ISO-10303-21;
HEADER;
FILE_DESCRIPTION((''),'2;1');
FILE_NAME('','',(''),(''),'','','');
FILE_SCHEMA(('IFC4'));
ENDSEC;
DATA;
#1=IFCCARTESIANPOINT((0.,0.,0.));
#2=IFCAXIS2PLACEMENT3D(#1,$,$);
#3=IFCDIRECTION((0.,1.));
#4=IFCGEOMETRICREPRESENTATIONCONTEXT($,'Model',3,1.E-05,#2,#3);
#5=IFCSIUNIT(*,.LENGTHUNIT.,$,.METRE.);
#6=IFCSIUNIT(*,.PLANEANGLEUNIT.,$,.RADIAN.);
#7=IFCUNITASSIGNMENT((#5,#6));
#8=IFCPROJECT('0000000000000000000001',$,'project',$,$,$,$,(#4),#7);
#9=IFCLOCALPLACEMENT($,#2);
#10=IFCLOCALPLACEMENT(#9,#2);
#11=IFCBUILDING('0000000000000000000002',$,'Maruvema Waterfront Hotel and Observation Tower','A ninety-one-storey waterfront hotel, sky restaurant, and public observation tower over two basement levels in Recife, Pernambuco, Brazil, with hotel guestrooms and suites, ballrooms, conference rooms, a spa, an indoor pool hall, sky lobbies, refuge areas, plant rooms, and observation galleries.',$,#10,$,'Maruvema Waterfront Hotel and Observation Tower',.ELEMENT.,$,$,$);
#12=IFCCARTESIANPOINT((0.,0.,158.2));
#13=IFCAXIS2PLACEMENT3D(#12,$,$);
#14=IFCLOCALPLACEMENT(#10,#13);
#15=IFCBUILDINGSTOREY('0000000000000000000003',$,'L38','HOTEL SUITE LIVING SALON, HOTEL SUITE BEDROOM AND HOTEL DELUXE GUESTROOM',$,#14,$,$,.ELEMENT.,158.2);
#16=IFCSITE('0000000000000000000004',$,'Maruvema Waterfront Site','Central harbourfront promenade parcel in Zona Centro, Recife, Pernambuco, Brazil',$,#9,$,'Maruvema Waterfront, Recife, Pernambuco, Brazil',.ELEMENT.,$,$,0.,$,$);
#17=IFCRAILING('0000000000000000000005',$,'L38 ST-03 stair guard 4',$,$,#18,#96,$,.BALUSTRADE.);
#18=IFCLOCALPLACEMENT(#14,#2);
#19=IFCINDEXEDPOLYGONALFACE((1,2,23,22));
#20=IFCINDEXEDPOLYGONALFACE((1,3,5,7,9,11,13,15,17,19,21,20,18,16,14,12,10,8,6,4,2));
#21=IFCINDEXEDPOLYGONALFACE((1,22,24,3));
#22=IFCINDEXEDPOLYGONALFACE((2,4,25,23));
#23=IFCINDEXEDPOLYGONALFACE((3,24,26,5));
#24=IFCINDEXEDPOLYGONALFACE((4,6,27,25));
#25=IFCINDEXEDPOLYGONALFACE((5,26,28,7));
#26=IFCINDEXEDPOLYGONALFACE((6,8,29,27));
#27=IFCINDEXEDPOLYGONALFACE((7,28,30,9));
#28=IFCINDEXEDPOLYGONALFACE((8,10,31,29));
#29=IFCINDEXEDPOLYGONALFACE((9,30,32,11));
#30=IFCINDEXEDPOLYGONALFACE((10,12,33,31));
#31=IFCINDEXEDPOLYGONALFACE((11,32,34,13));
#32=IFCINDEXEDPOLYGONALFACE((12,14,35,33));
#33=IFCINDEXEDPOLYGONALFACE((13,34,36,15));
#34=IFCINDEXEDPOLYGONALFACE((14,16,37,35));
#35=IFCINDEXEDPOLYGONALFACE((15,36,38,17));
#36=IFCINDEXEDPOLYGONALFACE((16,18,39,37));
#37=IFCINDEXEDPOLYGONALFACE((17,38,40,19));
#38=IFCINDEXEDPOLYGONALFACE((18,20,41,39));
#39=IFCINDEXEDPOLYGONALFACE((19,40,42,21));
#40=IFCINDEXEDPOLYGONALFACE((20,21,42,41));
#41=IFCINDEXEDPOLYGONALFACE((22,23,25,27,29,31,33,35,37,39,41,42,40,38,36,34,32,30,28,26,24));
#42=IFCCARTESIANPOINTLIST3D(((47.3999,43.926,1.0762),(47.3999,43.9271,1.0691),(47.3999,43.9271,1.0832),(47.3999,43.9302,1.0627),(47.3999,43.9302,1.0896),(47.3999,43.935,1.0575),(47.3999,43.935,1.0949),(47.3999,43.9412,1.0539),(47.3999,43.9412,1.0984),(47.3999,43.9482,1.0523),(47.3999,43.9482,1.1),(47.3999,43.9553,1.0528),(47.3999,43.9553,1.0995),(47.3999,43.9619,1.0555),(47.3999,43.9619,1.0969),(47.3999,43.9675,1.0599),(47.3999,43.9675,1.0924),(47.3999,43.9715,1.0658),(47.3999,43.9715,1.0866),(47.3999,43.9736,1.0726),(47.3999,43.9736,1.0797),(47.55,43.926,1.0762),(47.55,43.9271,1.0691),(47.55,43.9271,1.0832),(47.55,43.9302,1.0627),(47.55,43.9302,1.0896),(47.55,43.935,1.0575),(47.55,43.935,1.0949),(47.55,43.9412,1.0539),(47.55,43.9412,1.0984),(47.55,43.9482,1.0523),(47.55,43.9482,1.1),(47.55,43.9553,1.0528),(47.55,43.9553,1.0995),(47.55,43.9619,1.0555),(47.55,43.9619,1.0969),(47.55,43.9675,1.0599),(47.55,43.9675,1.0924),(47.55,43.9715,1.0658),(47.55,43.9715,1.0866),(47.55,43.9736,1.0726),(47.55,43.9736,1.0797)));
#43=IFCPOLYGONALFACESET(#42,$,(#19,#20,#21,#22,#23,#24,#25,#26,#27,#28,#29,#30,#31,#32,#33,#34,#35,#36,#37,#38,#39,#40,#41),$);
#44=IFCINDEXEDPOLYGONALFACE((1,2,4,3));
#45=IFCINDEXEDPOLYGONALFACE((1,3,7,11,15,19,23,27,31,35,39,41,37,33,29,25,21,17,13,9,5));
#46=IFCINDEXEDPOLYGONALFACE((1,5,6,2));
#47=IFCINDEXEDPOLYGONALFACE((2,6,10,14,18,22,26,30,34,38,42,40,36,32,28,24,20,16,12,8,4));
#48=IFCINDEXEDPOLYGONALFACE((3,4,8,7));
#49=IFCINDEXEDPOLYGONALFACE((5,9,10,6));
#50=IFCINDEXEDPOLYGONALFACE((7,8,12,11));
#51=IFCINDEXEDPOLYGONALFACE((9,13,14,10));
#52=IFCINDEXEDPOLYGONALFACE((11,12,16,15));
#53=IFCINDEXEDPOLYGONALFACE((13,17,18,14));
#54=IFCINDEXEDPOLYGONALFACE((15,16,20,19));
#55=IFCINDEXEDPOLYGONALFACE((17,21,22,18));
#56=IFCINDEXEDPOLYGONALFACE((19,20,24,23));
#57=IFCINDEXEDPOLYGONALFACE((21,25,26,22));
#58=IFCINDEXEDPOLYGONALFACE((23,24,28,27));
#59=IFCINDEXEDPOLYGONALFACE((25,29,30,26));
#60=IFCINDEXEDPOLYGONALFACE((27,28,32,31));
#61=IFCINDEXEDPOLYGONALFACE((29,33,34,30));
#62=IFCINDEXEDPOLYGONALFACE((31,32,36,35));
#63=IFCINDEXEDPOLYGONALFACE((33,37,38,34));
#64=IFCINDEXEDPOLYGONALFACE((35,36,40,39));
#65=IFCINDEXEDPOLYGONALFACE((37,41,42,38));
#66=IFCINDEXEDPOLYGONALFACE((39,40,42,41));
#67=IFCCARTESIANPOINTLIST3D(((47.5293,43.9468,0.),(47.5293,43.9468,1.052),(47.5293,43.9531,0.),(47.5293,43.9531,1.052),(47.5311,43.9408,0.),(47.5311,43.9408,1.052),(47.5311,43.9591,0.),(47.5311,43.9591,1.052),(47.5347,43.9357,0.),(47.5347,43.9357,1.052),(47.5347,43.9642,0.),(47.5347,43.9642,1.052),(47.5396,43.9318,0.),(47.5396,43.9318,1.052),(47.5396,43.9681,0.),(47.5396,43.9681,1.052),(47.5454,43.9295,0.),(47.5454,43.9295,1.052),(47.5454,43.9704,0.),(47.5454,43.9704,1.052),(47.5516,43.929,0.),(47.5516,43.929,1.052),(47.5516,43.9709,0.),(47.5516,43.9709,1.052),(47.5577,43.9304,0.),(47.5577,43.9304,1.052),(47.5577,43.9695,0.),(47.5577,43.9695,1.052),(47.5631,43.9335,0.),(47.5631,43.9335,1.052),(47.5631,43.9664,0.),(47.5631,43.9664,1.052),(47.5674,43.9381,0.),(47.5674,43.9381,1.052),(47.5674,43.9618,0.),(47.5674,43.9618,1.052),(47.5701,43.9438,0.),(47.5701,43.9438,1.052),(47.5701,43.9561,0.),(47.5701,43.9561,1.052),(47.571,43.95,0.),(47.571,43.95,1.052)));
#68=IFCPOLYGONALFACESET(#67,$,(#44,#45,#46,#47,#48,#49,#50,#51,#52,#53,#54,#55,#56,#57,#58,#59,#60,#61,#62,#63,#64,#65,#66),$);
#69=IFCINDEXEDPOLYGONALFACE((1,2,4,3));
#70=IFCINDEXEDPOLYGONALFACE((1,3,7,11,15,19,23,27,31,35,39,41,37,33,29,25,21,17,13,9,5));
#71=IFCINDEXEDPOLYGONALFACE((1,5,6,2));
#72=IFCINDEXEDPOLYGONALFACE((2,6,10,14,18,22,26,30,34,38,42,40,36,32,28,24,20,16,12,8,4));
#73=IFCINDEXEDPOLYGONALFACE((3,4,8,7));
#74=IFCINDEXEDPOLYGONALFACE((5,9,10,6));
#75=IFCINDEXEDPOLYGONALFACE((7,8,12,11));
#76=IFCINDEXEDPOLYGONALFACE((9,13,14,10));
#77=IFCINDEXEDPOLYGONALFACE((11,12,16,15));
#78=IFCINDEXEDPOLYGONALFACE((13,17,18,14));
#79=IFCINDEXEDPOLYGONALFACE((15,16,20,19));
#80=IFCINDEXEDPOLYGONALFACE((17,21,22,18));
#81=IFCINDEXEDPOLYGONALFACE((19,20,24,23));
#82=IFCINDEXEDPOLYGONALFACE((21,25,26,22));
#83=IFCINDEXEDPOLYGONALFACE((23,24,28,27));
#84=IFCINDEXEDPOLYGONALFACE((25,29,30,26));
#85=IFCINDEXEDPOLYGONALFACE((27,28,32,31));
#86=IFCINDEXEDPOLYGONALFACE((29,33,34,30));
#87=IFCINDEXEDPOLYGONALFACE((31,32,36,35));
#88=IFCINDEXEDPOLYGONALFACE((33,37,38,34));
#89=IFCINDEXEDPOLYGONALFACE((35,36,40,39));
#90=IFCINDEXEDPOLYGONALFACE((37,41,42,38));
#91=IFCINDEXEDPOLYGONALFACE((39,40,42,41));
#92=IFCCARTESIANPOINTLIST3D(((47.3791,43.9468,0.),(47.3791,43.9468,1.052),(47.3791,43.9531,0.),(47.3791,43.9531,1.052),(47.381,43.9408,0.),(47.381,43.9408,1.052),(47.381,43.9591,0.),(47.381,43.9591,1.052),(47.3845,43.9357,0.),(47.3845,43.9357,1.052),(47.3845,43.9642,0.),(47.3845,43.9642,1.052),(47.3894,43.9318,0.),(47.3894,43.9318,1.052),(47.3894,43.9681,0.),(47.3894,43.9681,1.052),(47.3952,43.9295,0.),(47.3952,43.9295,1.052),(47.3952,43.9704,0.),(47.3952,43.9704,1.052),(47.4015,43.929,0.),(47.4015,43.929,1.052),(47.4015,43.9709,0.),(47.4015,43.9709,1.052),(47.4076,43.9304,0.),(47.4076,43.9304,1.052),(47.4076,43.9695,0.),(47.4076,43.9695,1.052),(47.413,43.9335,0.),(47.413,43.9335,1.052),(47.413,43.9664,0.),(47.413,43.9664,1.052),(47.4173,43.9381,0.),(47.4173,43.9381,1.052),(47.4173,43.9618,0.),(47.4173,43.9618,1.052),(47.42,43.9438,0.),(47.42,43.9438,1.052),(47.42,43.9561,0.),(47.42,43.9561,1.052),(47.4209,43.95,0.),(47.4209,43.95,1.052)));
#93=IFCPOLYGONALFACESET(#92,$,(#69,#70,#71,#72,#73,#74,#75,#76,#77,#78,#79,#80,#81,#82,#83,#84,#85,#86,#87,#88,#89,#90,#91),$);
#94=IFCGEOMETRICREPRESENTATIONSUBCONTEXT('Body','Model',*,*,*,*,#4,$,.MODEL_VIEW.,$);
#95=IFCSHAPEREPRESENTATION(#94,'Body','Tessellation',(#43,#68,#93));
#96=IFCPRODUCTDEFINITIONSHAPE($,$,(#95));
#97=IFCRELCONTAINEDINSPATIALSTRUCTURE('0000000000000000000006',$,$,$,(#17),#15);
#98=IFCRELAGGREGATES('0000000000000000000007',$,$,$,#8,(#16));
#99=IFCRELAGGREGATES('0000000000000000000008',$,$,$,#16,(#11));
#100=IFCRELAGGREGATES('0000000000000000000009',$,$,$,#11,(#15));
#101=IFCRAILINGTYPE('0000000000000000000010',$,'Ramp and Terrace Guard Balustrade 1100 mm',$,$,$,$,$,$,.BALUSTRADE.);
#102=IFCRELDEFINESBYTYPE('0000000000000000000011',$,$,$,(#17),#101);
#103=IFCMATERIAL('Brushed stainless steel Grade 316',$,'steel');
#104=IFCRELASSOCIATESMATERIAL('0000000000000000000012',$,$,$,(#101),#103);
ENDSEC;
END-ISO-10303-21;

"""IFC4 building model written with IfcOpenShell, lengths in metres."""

from ifc_helpers import new_model, si_unit, direction, frame, origin, origin_2d, place, context, subcontext, project, spatial, circle, extrude, material, type_object, element, save


model = new_model("IFC4")

# Units and contexts
model_context = context("Model", 3, precision=1e-05, world=origin(), true_north=direction((0.0, 1.0)))
body_context = subcontext(model_context, "Body", "Model", "MODEL_VIEW")
ifc_project = project(units=[si_unit("LENGTHUNIT", "METRE"), si_unit("PLANEANGLEUNIT", "RADIAN")], contexts=[model_context])

# Site, building, storey
site_placement = place(None, origin())
site = spatial("IfcSite", under=ifc_project, at=site_placement, Name="Maruvema Waterfront Site", Description="Central harbourfront promenade parcel in Zona Centro, Recife, Pernambuco, Brazil", LongName="Maruvema Waterfront, Recife, Pernambuco, Brazil", CompositionType="ELEMENT", RefElevation=0.0)
building_placement = place(site_placement, origin())
building = spatial("IfcBuilding", under=site, at=building_placement, Name="Maruvema Waterfront Hotel and Observation Tower", Description="A ninety-one-storey waterfront hotel, sky restaurant, and public observation tower over two basement levels in Recife, Pernambuco, Brazil, with hotel guestrooms and suites, ballrooms, conference rooms, a spa, an indoor pool hall, sky lobbies, refuge areas, plant rooms, and observation galleries.", LongName="Maruvema Waterfront Hotel and Observation Tower", CompositionType="ELEMENT")
storey_placement = place(building_placement, frame((0.0, 0.0, 158.2)))
storey = spatial("IfcBuildingStorey", under=building, at=storey_placement, Name="L38", Description="HOTEL SUITE LIVING SALON, HOTEL SUITE BEDROOM AND HOTEL DELUXE GUESTROOM", CompositionType="ELEMENT", Elevation=158.2)

# Railing
ifc_material_1 = material(Name="Brushed stainless steel Grade 316", Category="steel")
railing_type = type_object("IfcRailingType", Name="Ramp and Terrace Guard Balustrade 1100 mm", PredefinedType="BALUSTRADE", material=ifc_material_1)
railing_1_placement = place(storey_placement, frame((47.55, 43.95, 0.0)))
element("IfcRailing", 1, at=railing_1_placement, inside=storey, type_object=railing_type, Name="L38 ST-03 stair guard 4", PredefinedType="BALUSTRADE", context=body_context, shape_type="SweptSolid", body=[
    extrude(circle(Radius=0.0239, at=origin_2d()), frame((0.0, 0.0, 1.0762), z_axis=(-1.0, 0.0, 0.0), x_axis=(0.0, -1.0, 0.0)), (0.0, 0.0, 1.0), 0.1501),
    extrude(circle(Radius=0.021, at=origin_2d()), origin(), (0.0, 0.0, 1.0), 1.052),
    extrude(circle(Radius=0.021, at=origin_2d()), frame((-0.1501, 0.0, 0.0)), (0.0, 0.0, 1.0), 1.052),
])

save(model, "model.ifc")
